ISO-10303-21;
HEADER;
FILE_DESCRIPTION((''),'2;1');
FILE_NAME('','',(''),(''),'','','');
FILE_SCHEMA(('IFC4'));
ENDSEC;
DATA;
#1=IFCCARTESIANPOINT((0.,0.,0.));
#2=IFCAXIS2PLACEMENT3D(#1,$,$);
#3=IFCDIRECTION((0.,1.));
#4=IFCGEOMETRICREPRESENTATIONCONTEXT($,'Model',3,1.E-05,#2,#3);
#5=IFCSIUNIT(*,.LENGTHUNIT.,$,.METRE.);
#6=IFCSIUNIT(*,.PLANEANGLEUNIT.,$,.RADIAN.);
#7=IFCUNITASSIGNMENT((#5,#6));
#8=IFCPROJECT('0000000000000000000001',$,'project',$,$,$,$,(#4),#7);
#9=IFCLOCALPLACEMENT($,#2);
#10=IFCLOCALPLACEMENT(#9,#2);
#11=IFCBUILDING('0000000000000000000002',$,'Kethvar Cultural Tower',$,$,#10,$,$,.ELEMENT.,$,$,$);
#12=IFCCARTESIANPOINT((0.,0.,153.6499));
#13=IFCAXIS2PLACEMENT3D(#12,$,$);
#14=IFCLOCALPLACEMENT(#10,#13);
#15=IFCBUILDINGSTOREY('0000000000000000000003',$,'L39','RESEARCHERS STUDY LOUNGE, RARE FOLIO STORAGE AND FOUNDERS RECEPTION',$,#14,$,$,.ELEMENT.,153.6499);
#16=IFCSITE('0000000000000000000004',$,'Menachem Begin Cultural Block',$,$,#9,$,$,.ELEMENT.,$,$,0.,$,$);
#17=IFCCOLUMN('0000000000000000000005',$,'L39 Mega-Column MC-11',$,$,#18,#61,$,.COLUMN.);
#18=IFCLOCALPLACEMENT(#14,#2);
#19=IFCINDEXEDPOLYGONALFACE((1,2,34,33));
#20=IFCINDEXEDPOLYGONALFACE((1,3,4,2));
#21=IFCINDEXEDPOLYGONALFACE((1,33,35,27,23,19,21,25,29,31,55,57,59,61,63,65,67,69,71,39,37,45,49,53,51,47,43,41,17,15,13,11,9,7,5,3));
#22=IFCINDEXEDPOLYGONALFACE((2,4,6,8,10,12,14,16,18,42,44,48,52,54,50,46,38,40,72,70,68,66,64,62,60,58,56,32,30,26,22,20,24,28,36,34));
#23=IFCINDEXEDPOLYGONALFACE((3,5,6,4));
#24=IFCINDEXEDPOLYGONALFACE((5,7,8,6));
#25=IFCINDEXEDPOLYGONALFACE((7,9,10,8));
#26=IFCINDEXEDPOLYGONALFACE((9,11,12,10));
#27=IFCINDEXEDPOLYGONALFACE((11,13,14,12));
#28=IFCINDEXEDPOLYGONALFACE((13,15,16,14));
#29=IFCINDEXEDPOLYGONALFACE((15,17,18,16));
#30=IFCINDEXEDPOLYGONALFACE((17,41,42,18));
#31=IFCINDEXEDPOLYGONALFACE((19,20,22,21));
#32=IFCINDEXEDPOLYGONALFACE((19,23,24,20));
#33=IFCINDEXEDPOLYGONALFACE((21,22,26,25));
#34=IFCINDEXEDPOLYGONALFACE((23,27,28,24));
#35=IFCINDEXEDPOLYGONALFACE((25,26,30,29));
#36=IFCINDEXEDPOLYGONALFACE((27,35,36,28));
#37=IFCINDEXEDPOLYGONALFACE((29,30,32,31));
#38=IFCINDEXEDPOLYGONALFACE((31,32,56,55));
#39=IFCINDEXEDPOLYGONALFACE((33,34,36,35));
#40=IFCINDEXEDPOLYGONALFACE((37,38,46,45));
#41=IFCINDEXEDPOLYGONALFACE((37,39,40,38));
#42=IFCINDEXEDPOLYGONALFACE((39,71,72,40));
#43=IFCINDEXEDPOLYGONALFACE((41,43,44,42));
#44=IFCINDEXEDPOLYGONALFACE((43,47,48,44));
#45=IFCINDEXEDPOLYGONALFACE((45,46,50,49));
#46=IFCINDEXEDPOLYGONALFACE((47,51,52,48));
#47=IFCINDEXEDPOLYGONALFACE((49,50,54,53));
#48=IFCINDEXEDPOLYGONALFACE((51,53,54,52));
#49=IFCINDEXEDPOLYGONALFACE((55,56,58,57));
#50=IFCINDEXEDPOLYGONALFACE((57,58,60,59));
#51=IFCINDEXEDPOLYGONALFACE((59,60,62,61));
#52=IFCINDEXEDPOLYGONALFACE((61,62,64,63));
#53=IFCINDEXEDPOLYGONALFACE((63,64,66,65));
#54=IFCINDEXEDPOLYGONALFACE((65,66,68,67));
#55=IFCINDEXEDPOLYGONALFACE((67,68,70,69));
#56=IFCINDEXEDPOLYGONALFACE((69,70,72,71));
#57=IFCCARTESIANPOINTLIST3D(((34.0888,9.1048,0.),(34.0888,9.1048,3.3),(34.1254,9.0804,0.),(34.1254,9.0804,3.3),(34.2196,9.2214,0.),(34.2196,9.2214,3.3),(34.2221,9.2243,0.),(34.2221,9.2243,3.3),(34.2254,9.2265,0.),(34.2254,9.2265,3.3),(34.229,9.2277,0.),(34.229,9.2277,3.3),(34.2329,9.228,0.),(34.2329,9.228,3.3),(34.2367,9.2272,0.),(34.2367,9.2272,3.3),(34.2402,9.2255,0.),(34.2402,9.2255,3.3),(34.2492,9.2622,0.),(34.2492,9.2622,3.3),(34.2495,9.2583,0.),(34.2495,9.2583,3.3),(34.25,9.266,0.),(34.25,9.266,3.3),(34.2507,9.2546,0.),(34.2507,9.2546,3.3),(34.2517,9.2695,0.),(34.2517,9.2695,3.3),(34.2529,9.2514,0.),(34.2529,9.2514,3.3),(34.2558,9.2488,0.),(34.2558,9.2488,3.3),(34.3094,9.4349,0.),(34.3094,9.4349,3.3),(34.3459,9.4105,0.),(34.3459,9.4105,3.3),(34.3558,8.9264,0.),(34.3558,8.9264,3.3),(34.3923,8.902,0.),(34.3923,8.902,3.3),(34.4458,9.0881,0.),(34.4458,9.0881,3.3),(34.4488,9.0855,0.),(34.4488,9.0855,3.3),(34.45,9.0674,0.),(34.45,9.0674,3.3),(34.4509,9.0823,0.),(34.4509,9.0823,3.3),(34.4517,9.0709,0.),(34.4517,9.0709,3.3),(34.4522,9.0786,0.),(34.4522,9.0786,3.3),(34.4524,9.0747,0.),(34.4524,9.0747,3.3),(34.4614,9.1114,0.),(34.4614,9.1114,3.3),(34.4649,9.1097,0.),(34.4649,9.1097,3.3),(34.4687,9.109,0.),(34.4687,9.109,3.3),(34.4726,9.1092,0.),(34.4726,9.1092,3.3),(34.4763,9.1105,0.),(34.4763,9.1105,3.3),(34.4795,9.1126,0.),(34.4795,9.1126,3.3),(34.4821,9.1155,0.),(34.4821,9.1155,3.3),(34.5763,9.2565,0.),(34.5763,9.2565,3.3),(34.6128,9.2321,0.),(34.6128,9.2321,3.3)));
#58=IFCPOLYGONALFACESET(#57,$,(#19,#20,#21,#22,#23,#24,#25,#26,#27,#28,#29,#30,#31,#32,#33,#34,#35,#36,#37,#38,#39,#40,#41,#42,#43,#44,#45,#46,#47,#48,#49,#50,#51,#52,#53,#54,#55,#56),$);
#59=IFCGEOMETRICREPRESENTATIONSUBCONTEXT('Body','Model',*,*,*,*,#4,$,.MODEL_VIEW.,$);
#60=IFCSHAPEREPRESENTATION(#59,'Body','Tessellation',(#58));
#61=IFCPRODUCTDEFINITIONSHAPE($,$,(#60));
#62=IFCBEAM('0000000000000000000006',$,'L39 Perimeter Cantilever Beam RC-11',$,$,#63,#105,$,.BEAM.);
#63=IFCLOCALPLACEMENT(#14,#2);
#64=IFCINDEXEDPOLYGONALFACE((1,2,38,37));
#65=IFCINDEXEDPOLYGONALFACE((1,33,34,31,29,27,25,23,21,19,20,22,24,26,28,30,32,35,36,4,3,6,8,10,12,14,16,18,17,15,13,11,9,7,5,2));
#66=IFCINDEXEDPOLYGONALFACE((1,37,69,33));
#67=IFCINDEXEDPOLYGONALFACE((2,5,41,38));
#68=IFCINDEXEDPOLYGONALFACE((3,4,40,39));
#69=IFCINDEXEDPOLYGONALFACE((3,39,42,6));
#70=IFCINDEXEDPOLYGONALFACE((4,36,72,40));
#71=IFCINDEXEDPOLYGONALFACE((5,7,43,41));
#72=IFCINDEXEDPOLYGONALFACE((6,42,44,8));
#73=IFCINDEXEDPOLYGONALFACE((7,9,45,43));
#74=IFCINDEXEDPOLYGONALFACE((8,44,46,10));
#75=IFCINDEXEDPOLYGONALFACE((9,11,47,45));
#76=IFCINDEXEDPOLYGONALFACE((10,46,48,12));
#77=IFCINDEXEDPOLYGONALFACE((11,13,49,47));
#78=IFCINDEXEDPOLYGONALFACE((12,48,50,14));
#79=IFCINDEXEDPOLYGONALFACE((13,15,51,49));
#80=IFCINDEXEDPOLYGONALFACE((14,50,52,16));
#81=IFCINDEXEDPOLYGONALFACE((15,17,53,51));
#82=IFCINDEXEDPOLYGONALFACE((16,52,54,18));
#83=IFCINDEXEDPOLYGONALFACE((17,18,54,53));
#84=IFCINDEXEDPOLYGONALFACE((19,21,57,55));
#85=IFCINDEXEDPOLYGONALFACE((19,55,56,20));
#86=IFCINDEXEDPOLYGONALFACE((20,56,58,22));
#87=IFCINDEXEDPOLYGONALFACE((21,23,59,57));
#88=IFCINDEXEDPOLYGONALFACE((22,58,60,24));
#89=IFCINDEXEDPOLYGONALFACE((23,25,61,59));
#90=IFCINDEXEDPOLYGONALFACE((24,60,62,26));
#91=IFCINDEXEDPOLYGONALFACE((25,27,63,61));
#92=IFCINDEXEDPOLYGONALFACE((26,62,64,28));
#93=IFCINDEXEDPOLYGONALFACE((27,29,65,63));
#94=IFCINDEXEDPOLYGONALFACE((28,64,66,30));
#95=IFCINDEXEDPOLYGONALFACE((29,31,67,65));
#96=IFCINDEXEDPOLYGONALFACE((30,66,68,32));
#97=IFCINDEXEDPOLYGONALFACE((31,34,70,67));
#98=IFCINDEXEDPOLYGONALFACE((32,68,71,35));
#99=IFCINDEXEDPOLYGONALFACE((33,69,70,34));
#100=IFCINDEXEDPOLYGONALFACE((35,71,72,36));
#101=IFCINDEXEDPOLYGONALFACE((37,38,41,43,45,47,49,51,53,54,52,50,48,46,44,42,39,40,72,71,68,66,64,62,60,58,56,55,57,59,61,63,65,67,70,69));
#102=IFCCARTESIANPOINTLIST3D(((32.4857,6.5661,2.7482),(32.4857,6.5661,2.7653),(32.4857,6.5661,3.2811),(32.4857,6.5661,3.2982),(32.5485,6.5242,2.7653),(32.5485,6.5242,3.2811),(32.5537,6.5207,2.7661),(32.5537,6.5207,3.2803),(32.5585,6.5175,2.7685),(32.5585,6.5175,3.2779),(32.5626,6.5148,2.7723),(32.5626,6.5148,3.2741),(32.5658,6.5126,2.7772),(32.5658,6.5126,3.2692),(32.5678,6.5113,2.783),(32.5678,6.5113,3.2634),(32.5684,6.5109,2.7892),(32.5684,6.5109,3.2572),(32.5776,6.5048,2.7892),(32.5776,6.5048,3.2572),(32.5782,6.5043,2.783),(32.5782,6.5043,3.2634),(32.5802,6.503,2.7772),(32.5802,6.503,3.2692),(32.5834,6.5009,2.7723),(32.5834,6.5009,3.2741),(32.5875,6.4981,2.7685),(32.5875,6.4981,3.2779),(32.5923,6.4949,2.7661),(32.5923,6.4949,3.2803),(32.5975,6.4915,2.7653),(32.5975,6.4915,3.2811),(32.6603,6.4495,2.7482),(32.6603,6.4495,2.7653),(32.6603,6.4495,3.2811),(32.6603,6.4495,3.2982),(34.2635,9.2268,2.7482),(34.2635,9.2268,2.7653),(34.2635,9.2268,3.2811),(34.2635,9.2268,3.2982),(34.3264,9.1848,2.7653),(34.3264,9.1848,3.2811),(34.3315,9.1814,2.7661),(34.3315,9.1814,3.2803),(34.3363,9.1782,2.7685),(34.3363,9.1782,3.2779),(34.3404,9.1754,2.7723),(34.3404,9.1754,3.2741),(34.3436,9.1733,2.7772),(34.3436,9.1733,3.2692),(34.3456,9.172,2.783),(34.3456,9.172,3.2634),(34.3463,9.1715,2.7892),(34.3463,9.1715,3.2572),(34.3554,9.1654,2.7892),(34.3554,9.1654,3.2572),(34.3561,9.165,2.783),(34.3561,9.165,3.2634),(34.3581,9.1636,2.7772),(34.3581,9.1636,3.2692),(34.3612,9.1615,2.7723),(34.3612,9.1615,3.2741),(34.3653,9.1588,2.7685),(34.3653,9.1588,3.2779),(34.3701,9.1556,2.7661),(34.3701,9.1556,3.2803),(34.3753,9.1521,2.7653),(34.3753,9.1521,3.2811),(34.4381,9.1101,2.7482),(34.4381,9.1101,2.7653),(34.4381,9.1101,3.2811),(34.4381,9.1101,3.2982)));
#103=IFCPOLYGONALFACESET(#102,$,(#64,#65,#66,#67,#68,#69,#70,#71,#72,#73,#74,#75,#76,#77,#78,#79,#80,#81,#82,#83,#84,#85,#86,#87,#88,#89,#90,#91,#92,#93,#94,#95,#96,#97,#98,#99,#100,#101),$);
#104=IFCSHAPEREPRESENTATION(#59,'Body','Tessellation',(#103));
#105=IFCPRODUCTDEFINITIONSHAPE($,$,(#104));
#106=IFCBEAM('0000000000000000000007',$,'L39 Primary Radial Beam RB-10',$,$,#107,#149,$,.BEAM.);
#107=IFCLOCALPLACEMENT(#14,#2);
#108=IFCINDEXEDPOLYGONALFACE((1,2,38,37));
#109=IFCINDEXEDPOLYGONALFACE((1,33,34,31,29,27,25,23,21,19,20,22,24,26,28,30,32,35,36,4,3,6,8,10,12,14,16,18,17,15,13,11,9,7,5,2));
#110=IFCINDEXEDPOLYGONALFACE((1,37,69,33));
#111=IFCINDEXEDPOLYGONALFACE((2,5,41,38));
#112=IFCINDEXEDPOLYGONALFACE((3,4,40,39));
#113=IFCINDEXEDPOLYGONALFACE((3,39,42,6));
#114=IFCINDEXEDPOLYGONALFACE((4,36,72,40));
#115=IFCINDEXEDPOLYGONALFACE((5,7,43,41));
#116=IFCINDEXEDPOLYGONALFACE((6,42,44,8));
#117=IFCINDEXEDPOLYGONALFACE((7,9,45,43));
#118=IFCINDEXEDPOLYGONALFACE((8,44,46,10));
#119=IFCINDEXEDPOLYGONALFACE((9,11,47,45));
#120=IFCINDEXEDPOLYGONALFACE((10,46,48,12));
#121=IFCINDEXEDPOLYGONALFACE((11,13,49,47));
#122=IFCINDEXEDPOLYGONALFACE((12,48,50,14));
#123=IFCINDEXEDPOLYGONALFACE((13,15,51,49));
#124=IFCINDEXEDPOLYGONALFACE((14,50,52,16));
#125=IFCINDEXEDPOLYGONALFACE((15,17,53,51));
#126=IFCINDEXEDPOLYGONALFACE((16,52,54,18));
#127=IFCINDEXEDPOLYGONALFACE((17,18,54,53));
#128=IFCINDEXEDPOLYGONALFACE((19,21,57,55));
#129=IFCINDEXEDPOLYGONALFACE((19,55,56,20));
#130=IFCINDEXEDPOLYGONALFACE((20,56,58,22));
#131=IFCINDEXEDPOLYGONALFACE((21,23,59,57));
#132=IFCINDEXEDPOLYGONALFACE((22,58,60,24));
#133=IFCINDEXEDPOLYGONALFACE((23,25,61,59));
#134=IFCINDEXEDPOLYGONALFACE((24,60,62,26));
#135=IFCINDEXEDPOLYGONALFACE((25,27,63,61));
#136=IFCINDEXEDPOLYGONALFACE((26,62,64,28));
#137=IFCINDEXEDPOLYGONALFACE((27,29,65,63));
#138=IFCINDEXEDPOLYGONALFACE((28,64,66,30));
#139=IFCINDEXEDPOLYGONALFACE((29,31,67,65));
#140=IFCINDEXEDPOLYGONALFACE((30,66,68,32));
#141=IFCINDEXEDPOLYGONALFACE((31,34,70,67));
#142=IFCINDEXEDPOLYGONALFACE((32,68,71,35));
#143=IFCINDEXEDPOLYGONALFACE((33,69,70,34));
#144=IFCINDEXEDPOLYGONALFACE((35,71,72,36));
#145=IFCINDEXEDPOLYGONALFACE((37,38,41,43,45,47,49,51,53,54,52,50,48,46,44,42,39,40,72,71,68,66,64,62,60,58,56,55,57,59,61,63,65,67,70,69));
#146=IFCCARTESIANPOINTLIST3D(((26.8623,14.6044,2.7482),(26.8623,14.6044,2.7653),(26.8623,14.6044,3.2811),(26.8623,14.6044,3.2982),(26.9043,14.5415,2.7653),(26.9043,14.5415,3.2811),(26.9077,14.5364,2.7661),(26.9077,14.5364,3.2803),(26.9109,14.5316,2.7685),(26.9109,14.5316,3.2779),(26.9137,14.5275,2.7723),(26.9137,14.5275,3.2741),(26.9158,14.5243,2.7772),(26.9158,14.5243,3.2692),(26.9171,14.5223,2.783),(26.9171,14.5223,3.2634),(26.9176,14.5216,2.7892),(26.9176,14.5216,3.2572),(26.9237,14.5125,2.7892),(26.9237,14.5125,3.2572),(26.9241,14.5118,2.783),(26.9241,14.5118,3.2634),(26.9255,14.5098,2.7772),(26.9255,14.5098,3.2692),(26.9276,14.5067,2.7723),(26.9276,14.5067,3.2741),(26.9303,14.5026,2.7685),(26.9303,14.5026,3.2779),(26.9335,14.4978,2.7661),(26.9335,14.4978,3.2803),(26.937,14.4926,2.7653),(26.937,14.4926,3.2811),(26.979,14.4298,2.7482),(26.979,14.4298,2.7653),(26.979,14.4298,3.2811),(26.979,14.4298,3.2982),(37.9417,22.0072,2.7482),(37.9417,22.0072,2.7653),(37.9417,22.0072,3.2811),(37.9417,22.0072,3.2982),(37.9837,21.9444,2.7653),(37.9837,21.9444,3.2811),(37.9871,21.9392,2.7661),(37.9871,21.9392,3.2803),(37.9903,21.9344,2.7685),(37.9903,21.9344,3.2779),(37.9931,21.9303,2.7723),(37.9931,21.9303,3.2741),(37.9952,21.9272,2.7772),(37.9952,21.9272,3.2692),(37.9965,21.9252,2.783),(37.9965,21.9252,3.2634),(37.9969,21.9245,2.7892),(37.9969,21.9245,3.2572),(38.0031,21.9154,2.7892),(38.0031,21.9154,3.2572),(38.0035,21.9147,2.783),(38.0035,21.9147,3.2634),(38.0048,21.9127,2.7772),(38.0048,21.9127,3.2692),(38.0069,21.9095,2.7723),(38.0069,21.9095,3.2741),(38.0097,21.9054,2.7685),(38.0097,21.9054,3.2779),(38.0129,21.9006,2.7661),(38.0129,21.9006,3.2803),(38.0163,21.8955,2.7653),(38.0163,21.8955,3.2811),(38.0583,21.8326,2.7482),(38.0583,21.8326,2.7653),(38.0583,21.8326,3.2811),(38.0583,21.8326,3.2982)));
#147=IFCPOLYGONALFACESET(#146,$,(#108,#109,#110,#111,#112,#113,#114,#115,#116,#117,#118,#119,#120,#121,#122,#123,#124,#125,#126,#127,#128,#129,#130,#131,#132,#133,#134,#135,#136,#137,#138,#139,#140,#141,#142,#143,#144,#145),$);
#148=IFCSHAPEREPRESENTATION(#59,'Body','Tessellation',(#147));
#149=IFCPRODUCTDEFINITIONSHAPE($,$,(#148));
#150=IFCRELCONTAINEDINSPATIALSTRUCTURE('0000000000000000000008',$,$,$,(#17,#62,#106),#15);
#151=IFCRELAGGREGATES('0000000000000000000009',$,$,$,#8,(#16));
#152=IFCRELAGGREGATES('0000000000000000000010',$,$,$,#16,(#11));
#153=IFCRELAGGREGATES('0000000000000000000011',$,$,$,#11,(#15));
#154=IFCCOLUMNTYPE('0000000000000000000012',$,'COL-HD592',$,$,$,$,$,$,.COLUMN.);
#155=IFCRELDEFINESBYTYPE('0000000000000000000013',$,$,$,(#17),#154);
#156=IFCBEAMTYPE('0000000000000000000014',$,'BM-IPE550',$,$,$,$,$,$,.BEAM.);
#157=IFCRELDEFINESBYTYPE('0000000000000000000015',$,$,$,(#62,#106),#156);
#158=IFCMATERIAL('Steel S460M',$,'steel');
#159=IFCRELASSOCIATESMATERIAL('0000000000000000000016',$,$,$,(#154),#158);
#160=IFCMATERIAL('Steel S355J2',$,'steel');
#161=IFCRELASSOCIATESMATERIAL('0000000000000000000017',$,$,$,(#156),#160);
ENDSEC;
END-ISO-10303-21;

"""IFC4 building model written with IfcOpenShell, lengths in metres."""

from ifc_helpers import new_model, si_unit, direction, frame, origin, origin_2d, place, context, subcontext, project, spatial, i_section, extrude, source, transform, mapped, material, material_profile, profile_set, type_object, element, save


model = new_model("IFC4")

# Units and contexts
model_context = context("Model", 3, precision=1e-05, world=origin(), true_north=direction((0.0, 1.0)))
body_context = subcontext(model_context, "Body", "Model", "MODEL_VIEW")
ifc_project = project(units=[si_unit("LENGTHUNIT", "METRE"), si_unit("PLANEANGLEUNIT", "RADIAN")], contexts=[model_context])

# Site, building, storey
site_placement = place(None, origin())
site = spatial("IfcSite", under=ifc_project, at=site_placement, Name="Menachem Begin Cultural Block", CompositionType="ELEMENT", RefElevation=0.0)
building_placement = place(site_placement, origin())
building = spatial("IfcBuilding", under=site, at=building_placement, Name="Kethvar Cultural Tower", CompositionType="ELEMENT")
storey_placement = place(building_placement, frame((0.0, 0.0, 153.6499)))
storey = spatial("IfcBuildingStorey", under=building, at=storey_placement, Name="L39", Description="RESEARCHERS STUDY LOUNGE, RARE FOLIO STORAGE AND FOUNDERS RECEPTION", CompositionType="ELEMENT", Elevation=153.6499)

# Column
ifc_material_1 = material(Name="Steel S460M", Category="steel")
ifc_material_profile_1 = material_profile(ifc_material_1, i_section(OverallWidth=0.397, OverallDepth=0.365, WebThickness=0.0281, FlangeThickness=0.0439, FilletRadius=0.0149, at=origin_2d()), Name="Steel S460M — HD400x592")
ifc_profile_set_1 = profile_set([ifc_material_profile_1], Name="Steel S460M — HD400x592")
column_type = type_object("IfcColumnType", Name="COL-HD592", PredefinedType="COLUMN", material=ifc_profile_set_1)
shared_shape_1 = source(origin(), body_context, "Body", "SweptSolid", [
    extrude(i_section(OverallWidth=0.397, OverallDepth=0.365, WebThickness=0.0281, FlangeThickness=0.0439, FilletRadius=0.0149, at=origin_2d()), origin(), (0.0, 0.0, 1.0), 3.3),
])
column_placement = place(storey_placement, frame((34.3508, 9.1685, 0.0), z_axis=(0.0, 0.0, 1.0), x_axis=(-0.55557, -0.83147, 0.0)))
element("IfcColumn", 1, at=column_placement, inside=storey, type_object=column_type, Name="L39 Mega-Column MC-11", PredefinedType="COLUMN", context=body_context, shape_type="MappedRepresentation", body=[
    mapped(shared_shape_1, transform((0.0, 0.0, 0.0), scale=1.0)),
])

# Beams
ifc_material_2 = material(Name="Steel S355J2", Category="steel")
ifc_material_profile_2 = material_profile(ifc_material_2, i_section(OverallWidth=0.21, OverallDepth=0.55, WebThickness=0.011, FlangeThickness=0.0171, FilletRadius=0.0239, at=origin_2d()), Name="Steel S355J2 — IPE550")
ifc_profile_set_2 = profile_set([ifc_material_profile_2], Name="Steel S355J2 — IPE550")
beam_type_1 = type_object("IfcBeamType", Name="BM-IPE550", PredefinedType="BEAM", material=ifc_profile_set_2)
shared_shape_2 = source(origin(), body_context, "Body", "SweptSolid", [
    extrude(i_section(OverallWidth=0.21, OverallDepth=0.55, WebThickness=0.011, FlangeThickness=0.0171, FilletRadius=0.0239, at=origin_2d()), origin(), (0.0, 0.0, 1.0), 3.2),
])
beam_1_placement = place(storey_placement, frame((34.3508, 9.1685, 3.0232), z_axis=(-0.55558, -0.831463, 0.0), x_axis=(0.831463, -0.55558, 0.0)))
element("IfcBeam", 2, at=beam_1_placement, inside=storey, type_object=beam_type_1, Name="L39 Perimeter Cantilever Beam RC-11", PredefinedType="BEAM", context=body_context, shape_type="MappedRepresentation", body=[
    mapped(shared_shape_2, transform((0.0, 0.0, 0.0), scale=1.0)),
])
shared_shape_3 = source(origin(), body_context, "Body", "SweptSolid", [
    extrude(i_section(OverallWidth=0.21, OverallDepth=0.55, WebThickness=0.011, FlangeThickness=0.0171, FilletRadius=0.0239, at=origin_2d()), origin(), (0.0, 0.0, 1.0), 13.325),
])
beam_2_placement = place(storey_placement, frame((38.0, 21.9199, 3.0232), z_axis=(-0.831475, -0.555562, 0.0), x_axis=(0.555562, -0.831475, 0.0)))
element("IfcBeam", 3, at=beam_2_placement, inside=storey, type_object=beam_type_1, Name="L39 Primary Radial Beam RB-10", PredefinedType="BEAM", context=body_context, shape_type="MappedRepresentation", body=[
    mapped(shared_shape_3, transform((0.0, 0.0, 0.0), scale=1.0)),
])

save(model, "model.ifc")
